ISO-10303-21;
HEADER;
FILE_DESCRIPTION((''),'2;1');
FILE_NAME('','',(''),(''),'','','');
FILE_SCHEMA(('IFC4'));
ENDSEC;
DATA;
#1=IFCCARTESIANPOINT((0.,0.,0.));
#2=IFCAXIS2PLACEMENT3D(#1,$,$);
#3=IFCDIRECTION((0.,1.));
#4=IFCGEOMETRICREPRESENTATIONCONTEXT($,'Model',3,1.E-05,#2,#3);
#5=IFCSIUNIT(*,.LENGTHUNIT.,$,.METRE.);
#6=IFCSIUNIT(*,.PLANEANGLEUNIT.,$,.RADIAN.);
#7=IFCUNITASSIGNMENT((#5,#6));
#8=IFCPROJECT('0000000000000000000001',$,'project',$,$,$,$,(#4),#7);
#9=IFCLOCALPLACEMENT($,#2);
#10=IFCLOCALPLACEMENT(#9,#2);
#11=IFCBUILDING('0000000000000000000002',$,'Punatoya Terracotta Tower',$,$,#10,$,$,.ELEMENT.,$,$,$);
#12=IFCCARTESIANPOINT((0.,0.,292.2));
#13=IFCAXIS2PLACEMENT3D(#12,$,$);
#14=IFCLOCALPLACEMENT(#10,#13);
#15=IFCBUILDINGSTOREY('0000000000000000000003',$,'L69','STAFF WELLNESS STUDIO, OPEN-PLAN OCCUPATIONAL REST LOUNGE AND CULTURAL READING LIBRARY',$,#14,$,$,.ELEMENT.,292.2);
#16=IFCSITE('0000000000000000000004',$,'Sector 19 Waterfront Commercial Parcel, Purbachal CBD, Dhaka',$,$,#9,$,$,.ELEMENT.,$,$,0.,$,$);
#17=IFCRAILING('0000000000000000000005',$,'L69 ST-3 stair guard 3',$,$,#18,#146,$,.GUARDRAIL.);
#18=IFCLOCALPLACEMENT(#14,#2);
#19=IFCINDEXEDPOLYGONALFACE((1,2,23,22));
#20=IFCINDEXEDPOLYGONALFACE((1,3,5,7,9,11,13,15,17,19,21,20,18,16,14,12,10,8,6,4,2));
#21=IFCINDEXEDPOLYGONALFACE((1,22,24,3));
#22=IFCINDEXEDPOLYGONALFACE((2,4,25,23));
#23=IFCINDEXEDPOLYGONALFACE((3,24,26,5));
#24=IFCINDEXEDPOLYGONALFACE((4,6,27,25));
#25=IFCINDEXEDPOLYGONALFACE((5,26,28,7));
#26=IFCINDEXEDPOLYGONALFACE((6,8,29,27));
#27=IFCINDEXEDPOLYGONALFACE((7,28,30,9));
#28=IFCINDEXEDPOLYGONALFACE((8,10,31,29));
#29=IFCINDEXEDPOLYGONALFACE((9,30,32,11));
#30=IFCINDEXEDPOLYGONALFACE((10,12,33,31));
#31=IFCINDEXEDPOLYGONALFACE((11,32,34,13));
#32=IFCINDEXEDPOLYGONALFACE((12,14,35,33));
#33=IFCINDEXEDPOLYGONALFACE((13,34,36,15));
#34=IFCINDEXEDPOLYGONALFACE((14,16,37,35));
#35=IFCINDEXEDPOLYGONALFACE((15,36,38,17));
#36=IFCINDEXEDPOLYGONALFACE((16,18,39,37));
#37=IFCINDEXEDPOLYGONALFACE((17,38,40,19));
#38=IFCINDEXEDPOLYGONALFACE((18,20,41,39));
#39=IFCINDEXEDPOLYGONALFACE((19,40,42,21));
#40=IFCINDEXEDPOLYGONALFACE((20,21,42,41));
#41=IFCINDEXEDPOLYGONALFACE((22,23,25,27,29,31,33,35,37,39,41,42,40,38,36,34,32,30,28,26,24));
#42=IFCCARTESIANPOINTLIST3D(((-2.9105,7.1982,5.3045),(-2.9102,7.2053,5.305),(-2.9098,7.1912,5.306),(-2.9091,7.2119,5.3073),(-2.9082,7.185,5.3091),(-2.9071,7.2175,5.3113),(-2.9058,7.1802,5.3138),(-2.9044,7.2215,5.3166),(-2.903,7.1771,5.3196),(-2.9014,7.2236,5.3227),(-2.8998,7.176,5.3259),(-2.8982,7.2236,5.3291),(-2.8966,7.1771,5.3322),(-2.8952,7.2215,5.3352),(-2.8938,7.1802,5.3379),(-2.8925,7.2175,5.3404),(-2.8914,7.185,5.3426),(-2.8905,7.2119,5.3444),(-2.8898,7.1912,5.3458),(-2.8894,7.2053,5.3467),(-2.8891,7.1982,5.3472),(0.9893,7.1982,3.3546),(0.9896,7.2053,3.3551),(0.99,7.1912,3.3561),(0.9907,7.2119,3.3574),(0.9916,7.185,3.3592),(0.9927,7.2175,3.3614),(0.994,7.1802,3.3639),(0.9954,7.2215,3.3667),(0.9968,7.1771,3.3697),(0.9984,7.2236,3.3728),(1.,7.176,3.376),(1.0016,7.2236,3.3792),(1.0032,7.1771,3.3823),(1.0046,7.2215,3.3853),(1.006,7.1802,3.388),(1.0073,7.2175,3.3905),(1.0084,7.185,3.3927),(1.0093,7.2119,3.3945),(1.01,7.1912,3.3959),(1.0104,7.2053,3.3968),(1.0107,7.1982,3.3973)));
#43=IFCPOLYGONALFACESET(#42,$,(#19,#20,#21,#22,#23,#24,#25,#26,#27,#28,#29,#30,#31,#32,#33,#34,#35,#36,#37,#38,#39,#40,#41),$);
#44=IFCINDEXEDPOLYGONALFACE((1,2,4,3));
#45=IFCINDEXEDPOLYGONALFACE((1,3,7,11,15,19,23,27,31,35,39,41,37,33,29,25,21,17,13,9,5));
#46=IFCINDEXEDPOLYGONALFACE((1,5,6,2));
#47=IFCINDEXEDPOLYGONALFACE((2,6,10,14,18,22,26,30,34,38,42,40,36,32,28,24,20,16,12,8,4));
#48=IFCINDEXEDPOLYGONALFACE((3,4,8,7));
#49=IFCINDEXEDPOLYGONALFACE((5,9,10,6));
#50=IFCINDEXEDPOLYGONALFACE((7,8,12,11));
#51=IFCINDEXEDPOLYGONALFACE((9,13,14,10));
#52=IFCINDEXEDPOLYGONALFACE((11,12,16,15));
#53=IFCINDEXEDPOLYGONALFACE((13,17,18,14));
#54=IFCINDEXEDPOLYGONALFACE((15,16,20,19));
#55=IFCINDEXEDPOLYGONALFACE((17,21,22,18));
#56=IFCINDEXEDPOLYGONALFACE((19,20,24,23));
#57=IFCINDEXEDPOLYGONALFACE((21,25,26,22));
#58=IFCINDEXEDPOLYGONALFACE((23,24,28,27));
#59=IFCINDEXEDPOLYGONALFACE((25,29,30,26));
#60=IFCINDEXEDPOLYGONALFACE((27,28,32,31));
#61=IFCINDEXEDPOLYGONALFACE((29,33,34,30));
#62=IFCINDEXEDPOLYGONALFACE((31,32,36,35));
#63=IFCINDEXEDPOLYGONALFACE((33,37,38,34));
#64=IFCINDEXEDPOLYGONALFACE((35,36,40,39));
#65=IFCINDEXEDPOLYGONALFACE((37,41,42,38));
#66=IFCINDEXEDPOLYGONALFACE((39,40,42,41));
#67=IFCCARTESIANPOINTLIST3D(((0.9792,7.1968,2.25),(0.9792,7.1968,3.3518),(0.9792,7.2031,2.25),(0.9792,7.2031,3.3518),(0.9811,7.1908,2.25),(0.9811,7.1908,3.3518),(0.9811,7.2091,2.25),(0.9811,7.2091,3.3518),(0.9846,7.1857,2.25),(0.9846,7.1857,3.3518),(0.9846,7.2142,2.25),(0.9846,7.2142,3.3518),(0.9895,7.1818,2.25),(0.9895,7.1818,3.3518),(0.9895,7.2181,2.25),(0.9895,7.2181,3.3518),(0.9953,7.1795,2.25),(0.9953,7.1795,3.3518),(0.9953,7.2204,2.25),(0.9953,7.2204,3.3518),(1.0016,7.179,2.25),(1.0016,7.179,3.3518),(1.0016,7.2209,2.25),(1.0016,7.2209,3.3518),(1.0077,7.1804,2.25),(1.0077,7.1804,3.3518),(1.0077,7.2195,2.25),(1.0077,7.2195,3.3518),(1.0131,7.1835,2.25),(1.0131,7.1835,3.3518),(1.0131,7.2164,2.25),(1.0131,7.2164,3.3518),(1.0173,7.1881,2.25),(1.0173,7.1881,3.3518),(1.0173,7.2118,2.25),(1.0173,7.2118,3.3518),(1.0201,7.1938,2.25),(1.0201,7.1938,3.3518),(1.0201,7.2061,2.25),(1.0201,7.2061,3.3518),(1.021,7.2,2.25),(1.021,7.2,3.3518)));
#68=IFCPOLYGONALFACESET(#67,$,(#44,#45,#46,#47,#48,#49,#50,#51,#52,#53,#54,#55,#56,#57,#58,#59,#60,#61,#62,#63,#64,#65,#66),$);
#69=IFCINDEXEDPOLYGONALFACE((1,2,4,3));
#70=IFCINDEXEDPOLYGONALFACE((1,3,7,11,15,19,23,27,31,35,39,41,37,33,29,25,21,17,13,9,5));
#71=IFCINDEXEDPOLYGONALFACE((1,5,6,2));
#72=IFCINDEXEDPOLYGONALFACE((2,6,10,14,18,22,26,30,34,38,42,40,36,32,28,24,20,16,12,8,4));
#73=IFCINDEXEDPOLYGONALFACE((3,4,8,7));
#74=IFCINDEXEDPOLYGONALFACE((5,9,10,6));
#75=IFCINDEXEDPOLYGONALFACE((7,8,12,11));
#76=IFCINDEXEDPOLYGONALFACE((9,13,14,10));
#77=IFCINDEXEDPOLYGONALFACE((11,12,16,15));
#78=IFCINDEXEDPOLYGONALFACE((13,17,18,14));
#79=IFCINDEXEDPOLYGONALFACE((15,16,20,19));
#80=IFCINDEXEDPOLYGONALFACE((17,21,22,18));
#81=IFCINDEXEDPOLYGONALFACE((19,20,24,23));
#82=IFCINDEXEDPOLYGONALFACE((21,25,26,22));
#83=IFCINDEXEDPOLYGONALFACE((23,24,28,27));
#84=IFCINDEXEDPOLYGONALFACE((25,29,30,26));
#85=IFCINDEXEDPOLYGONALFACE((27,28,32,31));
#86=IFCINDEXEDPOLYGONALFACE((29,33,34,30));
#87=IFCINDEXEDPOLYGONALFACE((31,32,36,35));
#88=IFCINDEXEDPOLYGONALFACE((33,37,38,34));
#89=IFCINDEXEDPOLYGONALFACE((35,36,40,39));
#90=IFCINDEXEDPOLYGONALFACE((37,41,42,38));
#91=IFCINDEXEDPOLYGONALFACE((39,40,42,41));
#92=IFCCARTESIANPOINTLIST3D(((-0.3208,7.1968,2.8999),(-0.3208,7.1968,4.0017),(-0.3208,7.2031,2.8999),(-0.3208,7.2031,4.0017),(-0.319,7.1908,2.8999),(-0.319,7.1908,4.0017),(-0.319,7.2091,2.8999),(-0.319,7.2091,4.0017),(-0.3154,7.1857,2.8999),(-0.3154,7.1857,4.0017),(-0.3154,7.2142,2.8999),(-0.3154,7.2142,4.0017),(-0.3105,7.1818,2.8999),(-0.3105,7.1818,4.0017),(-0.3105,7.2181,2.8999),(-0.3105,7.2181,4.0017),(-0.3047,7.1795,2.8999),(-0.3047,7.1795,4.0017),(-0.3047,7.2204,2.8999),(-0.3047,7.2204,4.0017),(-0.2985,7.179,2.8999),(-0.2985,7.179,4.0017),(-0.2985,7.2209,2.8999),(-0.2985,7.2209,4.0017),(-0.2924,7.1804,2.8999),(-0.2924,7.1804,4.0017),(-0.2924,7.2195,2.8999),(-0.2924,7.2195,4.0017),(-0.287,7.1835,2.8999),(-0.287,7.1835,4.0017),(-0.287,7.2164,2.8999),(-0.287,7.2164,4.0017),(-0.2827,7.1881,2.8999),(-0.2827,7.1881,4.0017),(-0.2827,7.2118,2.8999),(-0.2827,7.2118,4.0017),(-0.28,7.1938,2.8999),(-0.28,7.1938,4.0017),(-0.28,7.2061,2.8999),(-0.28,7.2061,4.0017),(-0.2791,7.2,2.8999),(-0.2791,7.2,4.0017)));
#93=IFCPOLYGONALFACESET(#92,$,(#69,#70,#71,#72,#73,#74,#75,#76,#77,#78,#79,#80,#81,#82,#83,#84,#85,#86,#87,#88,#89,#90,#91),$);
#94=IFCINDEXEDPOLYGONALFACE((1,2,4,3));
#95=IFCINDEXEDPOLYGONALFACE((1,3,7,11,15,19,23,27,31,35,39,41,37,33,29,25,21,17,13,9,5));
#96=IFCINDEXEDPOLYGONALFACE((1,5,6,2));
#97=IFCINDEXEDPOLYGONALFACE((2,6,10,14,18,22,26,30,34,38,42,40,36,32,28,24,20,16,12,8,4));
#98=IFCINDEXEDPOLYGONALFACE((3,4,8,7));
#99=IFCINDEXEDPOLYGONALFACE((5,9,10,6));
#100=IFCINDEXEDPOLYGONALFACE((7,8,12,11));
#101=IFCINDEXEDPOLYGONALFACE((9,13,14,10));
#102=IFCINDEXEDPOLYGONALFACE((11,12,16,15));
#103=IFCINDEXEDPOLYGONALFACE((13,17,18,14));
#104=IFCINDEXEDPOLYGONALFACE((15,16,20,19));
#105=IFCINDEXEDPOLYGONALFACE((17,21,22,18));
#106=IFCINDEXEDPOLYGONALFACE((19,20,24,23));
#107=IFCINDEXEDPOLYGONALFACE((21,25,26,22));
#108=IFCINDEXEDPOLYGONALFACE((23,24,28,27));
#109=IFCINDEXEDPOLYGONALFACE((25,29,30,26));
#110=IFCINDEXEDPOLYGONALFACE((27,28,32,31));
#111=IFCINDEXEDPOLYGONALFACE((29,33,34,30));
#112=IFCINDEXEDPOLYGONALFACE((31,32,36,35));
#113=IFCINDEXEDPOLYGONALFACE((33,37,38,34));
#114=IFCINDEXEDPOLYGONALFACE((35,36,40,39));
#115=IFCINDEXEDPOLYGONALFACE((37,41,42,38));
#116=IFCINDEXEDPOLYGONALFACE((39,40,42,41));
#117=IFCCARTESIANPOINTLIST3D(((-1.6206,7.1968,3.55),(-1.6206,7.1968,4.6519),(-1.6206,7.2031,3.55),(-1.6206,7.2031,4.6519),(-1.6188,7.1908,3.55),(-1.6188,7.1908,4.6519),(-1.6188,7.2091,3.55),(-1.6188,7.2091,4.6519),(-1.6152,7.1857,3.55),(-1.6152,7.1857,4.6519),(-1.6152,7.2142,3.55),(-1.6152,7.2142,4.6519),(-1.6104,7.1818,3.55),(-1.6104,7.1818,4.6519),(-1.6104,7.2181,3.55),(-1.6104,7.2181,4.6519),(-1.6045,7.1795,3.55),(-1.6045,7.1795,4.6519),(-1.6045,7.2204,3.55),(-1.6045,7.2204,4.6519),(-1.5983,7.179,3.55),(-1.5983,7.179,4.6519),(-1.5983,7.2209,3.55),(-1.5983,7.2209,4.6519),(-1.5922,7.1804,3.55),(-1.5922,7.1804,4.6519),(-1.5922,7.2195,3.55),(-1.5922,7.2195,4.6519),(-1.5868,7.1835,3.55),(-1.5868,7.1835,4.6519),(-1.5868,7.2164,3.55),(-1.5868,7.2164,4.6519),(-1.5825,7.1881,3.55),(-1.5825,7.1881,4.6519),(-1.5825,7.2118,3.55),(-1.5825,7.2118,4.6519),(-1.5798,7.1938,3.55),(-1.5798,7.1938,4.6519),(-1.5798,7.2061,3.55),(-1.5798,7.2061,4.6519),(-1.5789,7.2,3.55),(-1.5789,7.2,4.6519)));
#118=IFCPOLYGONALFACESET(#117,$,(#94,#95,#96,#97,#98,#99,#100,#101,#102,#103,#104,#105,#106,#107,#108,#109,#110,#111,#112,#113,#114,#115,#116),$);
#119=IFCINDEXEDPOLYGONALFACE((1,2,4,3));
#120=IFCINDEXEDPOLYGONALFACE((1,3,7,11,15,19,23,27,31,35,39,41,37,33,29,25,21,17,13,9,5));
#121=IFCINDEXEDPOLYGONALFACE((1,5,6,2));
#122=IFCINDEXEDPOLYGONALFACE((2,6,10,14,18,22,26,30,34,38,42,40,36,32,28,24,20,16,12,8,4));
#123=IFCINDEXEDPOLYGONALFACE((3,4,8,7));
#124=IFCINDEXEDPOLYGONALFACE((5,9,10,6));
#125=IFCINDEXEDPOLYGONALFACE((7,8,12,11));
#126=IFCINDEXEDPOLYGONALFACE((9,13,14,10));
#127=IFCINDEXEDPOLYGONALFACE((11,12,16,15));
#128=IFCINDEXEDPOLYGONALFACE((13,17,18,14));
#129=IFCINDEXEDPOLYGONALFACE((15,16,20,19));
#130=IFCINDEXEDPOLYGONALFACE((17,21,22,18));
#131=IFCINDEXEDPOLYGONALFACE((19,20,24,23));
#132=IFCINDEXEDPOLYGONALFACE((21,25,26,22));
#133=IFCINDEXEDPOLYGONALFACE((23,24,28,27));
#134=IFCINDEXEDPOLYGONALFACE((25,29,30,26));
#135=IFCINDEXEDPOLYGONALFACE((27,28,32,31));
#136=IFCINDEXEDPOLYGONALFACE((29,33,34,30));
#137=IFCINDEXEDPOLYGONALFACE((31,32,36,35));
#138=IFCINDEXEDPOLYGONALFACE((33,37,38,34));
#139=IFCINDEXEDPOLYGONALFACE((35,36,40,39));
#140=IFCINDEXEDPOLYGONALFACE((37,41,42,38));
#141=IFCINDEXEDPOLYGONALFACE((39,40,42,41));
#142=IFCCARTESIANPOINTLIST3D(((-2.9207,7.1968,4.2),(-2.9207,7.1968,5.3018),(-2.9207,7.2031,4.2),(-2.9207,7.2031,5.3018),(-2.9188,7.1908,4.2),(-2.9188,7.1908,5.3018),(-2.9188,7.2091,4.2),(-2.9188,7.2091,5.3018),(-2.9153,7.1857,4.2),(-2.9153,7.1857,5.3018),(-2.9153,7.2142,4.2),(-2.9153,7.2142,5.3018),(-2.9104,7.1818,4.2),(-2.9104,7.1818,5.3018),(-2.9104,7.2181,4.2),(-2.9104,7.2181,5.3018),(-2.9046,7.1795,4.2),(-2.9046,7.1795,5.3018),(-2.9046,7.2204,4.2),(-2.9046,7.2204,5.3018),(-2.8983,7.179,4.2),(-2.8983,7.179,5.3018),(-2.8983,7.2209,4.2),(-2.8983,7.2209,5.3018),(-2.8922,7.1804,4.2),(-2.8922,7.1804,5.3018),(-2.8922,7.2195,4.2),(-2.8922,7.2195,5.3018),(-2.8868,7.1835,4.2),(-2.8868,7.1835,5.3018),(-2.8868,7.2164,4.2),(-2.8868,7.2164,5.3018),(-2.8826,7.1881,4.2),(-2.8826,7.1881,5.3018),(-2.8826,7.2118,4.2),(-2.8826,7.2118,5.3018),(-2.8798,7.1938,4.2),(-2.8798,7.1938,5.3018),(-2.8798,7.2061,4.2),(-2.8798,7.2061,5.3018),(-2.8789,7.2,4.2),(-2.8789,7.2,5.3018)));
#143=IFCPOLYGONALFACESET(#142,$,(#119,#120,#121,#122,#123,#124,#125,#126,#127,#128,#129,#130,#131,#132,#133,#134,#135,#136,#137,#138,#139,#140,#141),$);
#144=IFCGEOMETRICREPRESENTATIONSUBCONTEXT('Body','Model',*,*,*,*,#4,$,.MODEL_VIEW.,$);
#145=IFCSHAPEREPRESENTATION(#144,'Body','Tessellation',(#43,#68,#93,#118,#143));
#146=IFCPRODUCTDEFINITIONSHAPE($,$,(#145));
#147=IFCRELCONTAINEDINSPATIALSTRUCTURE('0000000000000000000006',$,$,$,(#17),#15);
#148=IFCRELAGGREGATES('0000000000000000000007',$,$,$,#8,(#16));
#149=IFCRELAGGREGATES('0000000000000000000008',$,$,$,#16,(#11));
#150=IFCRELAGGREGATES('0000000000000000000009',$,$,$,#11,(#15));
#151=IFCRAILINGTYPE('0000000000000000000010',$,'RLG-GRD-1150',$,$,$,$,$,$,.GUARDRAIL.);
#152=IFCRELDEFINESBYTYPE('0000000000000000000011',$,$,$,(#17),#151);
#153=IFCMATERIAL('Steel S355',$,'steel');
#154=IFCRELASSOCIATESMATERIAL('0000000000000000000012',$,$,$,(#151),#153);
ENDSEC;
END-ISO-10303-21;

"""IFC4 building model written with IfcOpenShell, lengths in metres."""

from ifc_helpers import new_model, si_unit, direction, frame, origin, origin_2d, place, context, subcontext, project, spatial, circle, extrude, material, type_object, element, save


model = new_model("IFC4")

# Units and contexts
model_context = context("Model", 3, precision=1e-05, world=origin(), true_north=direction((0.0, 1.0)))
body_context = subcontext(model_context, "Body", "Model", "MODEL_VIEW")
ifc_project = project(units=[si_unit("LENGTHUNIT", "METRE"), si_unit("PLANEANGLEUNIT", "RADIAN")], contexts=[model_context])

# Site, building, storey
site_placement = place(None, origin())
site = spatial("IfcSite", under=ifc_project, at=site_placement, Name="Sector 19 Waterfront Commercial Parcel, Purbachal CBD, Dhaka", CompositionType="ELEMENT", RefElevation=0.0)
building_placement = place(site_placement, origin())
building = spatial("IfcBuilding", under=site, at=building_placement, Name="Punatoya Terracotta Tower", CompositionType="ELEMENT")
storey_placement = place(building_placement, frame((0.0, 0.0, 292.2)))
storey = spatial("IfcBuildingStorey", under=building, at=storey_placement, Name="L69", Description="STAFF WELLNESS STUDIO, OPEN-PLAN OCCUPATIONAL REST LOUNGE AND CULTURAL READING LIBRARY", CompositionType="ELEMENT", Elevation=292.2)

# Shared definitions
ifc_material_1 = material(Name="Steel S355", Category="steel")

# Railing
railing_type_1 = type_object("IfcRailingType", Name="RLG-GRD-1150", PredefinedType="GUARDRAIL", material=ifc_material_1)
railing_1_placement = place(storey_placement, frame((1.0, 7.2, 2.25)))
element("IfcRailing", 1, at=railing_1_placement, inside=storey, type_object=railing_type_1, Name="L69 ST-3 stair guard 3", PredefinedType="GUARDRAIL", context=body_context, shape_type="SweptSolid", body=[
    extrude(circle(Radius=0.0239, at=origin_2d()), frame((0.0, 0.0, 1.126), z_axis=(-0.894427, 0.0, 0.447214), x_axis=(0.0, -1.0, 0.0)), (0.0, 0.0, 1.0), 4.3601),
    extrude(circle(Radius=0.021, at=origin_2d()), origin(), (0.0, 0.0, 1.0), 1.1018),
    extrude(circle(Radius=0.021, at=origin_2d()), frame((-1.3, 0.0, 0.6499)), (0.0, 0.0, 1.0), 1.1018),
    extrude(circle(Radius=0.021, at=origin_2d()), frame((-2.5999, 0.0, 1.3)), (0.0, 0.0, 1.0), 1.1018),
    extrude(circle(Radius=0.021, at=origin_2d()), frame((-3.8999, 0.0, 1.95)), (0.0, 0.0, 1.0), 1.1018),
])

save(model, "model.ifc")
